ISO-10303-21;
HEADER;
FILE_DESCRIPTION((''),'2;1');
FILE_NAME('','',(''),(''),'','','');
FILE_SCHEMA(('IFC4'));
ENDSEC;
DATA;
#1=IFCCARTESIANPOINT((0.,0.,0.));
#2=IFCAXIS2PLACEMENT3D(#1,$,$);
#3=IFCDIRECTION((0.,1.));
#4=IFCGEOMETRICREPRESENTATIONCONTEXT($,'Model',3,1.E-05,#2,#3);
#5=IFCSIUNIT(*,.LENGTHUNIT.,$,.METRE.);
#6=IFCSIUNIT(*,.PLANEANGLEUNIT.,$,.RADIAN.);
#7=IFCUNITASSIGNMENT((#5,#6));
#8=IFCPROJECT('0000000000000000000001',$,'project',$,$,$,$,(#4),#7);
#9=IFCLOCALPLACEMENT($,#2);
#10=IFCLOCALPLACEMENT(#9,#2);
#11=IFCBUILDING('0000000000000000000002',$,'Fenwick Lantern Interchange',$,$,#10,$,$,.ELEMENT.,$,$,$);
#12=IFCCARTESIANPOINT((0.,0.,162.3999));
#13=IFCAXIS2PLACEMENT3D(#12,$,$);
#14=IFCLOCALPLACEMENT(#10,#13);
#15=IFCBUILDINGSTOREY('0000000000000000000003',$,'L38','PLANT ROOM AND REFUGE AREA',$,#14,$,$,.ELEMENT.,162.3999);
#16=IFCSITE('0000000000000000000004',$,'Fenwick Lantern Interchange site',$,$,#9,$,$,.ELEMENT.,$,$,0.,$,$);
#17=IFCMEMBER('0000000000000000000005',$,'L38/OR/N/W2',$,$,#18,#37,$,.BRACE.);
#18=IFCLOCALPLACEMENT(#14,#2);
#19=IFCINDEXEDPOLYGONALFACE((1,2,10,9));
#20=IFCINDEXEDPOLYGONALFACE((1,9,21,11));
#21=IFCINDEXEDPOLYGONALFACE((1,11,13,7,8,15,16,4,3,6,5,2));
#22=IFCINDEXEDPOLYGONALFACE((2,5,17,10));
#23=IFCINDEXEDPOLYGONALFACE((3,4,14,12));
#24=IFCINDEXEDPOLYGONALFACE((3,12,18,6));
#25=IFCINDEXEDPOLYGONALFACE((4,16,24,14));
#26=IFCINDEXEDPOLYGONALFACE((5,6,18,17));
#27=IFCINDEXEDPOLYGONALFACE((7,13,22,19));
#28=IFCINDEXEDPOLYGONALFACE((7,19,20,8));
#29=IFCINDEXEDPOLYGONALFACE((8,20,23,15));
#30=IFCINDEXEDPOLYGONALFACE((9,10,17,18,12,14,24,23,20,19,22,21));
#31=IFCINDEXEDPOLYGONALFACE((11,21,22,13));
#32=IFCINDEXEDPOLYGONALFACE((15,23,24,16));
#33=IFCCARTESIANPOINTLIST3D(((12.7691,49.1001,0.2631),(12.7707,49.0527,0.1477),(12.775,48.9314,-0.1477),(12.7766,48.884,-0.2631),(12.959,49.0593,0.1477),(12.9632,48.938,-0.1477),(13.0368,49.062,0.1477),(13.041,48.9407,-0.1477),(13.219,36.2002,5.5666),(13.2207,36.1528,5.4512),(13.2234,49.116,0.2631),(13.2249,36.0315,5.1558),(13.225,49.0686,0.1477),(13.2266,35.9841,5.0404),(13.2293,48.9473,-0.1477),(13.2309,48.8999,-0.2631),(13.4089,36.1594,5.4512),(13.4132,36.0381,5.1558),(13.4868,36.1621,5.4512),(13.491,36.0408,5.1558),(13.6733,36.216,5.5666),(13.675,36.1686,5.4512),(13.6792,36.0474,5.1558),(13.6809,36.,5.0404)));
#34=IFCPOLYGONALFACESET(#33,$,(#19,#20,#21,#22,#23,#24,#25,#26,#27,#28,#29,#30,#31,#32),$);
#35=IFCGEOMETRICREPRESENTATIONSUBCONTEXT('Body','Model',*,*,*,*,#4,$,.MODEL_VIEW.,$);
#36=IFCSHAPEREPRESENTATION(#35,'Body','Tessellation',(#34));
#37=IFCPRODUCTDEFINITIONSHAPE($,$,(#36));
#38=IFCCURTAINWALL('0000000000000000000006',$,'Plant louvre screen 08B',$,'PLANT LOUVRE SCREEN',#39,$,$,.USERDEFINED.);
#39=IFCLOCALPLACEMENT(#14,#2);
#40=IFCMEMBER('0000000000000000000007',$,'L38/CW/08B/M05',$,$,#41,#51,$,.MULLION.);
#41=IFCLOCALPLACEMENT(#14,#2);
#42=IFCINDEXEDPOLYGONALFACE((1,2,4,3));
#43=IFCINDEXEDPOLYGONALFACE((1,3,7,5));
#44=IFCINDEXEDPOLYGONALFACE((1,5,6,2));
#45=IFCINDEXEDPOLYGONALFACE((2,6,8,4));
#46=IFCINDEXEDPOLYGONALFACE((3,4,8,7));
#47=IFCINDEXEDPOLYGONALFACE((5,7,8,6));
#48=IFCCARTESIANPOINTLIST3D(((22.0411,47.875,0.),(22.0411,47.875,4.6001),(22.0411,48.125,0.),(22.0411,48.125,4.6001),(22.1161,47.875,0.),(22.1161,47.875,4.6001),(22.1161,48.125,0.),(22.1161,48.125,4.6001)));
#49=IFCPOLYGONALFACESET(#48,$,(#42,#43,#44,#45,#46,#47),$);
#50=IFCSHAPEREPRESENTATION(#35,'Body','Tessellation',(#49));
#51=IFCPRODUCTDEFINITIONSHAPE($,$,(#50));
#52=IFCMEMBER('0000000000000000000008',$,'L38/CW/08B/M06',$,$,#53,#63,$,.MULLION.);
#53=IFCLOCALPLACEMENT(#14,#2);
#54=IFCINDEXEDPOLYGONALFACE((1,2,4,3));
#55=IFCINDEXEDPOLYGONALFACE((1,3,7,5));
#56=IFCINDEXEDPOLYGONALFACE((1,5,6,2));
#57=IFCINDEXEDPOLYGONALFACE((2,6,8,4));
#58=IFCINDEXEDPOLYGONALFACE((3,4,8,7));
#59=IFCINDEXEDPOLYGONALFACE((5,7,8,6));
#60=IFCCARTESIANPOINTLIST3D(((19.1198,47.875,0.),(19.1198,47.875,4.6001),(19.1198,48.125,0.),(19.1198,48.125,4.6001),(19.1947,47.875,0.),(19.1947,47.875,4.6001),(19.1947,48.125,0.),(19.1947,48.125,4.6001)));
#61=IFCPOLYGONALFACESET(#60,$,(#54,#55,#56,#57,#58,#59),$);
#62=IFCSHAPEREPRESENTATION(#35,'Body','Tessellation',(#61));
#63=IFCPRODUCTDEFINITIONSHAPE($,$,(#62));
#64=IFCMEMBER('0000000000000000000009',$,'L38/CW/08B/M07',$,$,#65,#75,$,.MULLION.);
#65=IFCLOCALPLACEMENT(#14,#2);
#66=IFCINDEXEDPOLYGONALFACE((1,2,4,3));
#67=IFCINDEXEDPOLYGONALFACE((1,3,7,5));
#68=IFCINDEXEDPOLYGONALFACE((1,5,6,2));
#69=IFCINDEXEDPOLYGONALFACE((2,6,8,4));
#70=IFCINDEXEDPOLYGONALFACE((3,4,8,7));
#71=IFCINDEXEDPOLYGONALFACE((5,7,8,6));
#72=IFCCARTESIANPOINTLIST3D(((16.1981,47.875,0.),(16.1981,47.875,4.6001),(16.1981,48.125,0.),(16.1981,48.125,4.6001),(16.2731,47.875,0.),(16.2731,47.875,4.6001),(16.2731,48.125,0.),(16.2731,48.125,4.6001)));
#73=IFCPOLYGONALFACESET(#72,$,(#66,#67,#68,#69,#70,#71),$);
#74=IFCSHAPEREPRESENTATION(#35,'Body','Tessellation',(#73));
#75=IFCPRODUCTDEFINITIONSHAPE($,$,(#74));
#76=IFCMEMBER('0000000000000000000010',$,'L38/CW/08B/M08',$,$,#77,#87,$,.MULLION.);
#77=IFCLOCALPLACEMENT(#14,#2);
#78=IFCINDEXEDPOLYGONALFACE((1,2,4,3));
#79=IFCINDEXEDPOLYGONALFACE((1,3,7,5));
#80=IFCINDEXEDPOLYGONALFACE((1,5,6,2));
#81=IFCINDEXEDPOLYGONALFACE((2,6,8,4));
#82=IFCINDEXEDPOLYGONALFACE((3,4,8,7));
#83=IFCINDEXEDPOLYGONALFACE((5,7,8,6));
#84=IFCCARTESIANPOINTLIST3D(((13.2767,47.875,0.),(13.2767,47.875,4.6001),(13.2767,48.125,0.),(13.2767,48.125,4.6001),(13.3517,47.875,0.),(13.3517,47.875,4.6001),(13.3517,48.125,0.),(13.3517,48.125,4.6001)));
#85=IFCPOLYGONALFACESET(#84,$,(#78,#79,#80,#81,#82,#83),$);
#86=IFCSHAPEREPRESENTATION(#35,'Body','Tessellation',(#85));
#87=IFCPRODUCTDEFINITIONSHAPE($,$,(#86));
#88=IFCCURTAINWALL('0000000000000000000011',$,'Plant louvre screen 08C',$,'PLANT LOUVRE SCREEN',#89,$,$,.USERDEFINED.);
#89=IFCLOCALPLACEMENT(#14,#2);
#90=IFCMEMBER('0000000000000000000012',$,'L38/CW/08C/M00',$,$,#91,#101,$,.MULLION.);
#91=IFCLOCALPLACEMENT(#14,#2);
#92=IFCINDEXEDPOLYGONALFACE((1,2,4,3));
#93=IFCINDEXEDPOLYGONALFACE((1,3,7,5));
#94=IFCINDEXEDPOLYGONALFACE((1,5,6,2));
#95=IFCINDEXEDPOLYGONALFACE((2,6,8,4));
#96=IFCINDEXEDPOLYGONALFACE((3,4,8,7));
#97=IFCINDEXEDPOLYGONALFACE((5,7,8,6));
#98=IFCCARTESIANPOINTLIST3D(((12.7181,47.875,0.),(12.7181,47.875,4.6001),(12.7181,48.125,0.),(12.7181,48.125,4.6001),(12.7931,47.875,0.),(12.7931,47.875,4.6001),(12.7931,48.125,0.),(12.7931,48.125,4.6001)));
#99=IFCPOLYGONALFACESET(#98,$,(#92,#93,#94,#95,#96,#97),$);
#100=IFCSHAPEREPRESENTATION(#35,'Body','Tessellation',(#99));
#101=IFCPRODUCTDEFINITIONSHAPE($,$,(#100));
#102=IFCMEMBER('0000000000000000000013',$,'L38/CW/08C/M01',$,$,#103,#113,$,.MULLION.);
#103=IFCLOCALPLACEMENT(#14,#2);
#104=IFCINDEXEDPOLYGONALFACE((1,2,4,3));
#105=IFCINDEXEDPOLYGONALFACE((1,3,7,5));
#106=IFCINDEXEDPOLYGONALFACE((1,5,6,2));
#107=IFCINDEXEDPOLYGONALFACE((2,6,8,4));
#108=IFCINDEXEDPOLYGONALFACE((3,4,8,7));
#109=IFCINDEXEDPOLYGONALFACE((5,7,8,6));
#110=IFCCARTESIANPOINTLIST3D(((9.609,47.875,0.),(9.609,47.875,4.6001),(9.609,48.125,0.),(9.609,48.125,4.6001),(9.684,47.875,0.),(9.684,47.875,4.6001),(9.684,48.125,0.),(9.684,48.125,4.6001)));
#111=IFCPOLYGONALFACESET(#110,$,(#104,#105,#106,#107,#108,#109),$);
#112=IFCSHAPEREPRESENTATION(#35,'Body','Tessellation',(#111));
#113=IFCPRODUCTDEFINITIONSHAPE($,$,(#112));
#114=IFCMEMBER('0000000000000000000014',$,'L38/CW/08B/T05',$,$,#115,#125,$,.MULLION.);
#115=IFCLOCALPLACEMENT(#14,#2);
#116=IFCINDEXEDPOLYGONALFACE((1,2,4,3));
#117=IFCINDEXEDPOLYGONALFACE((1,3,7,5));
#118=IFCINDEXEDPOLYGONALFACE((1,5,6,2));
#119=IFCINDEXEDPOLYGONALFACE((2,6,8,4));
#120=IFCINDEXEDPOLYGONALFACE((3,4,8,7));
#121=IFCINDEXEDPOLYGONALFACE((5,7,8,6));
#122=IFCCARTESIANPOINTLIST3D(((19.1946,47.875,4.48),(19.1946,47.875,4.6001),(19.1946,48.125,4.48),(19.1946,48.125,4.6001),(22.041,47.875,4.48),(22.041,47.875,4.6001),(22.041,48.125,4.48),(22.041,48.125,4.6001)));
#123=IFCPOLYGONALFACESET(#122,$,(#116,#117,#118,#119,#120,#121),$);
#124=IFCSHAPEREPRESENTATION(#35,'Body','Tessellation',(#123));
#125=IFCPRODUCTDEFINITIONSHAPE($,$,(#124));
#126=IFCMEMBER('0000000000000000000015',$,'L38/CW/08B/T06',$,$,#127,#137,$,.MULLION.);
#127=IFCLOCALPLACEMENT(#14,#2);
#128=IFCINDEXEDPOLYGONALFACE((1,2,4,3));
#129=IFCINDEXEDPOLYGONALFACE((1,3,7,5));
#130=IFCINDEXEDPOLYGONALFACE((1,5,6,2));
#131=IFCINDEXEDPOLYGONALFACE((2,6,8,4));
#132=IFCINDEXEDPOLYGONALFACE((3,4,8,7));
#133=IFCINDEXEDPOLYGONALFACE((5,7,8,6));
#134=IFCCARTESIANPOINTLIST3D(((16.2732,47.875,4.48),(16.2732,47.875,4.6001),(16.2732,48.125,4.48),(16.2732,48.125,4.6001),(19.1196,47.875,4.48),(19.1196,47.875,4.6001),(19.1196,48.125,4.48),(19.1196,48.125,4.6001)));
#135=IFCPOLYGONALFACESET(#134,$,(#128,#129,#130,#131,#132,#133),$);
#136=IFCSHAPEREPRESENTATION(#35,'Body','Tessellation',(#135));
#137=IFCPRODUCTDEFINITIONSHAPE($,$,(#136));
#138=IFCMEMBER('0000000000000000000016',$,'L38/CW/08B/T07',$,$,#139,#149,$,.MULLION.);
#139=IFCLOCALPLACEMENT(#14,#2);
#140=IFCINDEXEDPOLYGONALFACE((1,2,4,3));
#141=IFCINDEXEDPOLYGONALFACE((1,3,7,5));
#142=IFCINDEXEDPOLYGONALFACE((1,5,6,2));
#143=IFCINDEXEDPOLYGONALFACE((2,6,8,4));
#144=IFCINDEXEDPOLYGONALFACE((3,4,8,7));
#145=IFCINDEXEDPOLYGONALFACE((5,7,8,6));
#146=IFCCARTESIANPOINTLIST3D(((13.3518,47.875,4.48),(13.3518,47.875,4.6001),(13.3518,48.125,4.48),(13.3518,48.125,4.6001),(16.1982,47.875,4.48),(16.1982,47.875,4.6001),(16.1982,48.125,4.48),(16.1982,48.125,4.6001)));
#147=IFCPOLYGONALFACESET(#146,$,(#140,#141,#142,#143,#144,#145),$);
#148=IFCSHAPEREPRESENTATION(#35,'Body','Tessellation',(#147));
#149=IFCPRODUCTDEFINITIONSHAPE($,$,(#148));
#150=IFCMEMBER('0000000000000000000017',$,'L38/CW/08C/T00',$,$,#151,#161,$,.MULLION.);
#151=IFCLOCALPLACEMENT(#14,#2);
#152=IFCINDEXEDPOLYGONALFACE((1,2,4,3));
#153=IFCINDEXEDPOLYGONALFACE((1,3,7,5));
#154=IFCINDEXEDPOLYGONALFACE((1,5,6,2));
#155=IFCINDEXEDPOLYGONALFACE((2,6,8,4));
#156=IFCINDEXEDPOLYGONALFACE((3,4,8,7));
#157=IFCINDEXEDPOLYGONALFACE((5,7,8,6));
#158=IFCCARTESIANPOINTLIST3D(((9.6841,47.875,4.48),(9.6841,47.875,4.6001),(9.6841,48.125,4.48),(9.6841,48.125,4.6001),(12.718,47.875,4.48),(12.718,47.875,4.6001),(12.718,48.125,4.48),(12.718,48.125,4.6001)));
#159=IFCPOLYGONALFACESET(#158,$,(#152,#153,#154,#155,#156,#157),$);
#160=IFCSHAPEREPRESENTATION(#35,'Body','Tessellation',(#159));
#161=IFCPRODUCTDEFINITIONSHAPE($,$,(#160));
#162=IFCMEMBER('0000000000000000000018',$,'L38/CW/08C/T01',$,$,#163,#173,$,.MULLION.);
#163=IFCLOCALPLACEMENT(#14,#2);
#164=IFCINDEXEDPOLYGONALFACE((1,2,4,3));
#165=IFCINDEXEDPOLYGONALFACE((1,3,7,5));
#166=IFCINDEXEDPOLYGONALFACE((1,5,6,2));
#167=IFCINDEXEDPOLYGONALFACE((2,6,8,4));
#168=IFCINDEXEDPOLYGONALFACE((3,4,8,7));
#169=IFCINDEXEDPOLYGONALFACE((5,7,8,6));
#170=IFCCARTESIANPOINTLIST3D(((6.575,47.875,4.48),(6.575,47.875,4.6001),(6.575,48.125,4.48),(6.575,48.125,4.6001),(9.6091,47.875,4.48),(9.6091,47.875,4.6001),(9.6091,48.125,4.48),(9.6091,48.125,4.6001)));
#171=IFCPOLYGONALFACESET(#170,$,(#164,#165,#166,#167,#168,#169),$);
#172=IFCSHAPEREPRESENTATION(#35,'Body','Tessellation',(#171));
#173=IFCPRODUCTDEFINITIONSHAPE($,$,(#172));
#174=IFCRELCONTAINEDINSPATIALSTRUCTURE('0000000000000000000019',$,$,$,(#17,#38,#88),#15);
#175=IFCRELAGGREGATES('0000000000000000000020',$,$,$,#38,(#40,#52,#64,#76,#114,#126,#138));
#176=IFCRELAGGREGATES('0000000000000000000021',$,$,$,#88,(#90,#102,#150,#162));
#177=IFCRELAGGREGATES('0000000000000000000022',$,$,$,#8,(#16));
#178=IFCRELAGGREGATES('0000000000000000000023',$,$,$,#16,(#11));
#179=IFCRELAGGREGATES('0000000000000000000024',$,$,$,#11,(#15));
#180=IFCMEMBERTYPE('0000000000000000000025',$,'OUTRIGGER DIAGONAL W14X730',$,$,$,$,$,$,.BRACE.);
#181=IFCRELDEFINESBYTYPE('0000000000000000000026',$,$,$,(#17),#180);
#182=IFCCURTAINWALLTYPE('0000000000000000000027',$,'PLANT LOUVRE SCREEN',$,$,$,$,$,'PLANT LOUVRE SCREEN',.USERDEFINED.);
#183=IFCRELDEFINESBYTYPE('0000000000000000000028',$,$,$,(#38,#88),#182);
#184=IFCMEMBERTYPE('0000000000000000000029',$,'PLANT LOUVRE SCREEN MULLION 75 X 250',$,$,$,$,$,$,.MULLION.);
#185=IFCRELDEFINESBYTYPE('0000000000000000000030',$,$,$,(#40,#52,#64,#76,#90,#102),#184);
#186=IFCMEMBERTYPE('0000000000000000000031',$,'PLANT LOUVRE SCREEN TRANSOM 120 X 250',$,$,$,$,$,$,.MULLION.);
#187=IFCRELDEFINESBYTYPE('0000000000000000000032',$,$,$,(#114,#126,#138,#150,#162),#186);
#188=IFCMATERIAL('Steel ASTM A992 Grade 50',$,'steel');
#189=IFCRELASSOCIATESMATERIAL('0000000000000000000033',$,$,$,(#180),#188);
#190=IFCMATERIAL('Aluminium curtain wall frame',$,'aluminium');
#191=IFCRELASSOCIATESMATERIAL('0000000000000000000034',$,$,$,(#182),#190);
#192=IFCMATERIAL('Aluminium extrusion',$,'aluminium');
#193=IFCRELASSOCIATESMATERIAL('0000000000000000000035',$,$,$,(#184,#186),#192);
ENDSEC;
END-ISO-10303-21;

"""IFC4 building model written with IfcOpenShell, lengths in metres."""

from ifc_helpers import new_model, si_unit, direction, frame, origin, origin_2d, place, context, subcontext, project, spatial, rectangle, i_section, extrude, material, material_profile, profile_set, type_object, element, aggregate, save


model = new_model("IFC4")

# Units and contexts
model_context = context("Model", 3, precision=1e-05, world=origin(), true_north=direction((0.0, 1.0)))
body_context = subcontext(model_context, "Body", "Model", "MODEL_VIEW")
ifc_project = project(units=[si_unit("LENGTHUNIT", "METRE"), si_unit("PLANEANGLEUNIT", "RADIAN")], contexts=[model_context])

# Site, building, storey
site_placement = place(None, origin())
site = spatial("IfcSite", under=ifc_project, at=site_placement, Name="Fenwick Lantern Interchange site", CompositionType="ELEMENT", RefElevation=0.0)
building_placement = place(site_placement, origin())
building = spatial("IfcBuilding", under=site, at=building_placement, Name="Fenwick Lantern Interchange", CompositionType="ELEMENT")
storey_placement = place(building_placement, frame((0.0, 0.0, 162.3999)))
storey = spatial("IfcBuildingStorey", under=building, at=storey_placement, Name="L38", Description="PLANT ROOM AND REFUGE AREA", CompositionType="ELEMENT", Elevation=162.3999)

# Shared definitions
ifc_material_1 = material(Name="Steel ASTM A992 Grade 50", Category="steel")

# Member
ifc_material_profile_1 = material_profile(ifc_material_1, i_section(OverallWidth=0.4546, OverallDepth=0.5688, WebThickness=0.0779, FlangeThickness=0.1248, at=origin_2d()), Name="W14X730")
ifc_profile_set_1 = profile_set([ifc_material_profile_1], Name="Steel ASTM A992 Grade 50")
member_type_1 = type_object("IfcMemberType", Name="OUTRIGGER DIAGONAL W14X730", PredefinedType="BRACE", material=ifc_profile_set_1)
member_1_placement = place(storey_placement, frame((13.0, 49.0, 0.0), z_axis=(0.032243, -0.924406, 0.380046), x_axis=(0.999392, 0.034859, 0.0)))
element("IfcMember", 1, at=member_1_placement, inside=storey, type_object=member_type_1, Name="L38/OR/N/W2", PredefinedType="BRACE", context=body_context, shape_type="SweptSolid", body=[
    extrude(i_section(OverallWidth=0.4546, OverallDepth=0.5688, WebThickness=0.0779, FlangeThickness=0.1248, at=origin_2d()), origin(), (0.0, 0.0, 1.0), 13.9548),
])

# Curtain walls, members
ifc_material_2 = material(Name="Aluminium curtain wall frame", Category="aluminium")
curtain_wall_type = type_object("IfcCurtainWallType", Name="PLANT LOUVRE SCREEN", ElementType="PLANT LOUVRE SCREEN", PredefinedType="USERDEFINED", material=ifc_material_2)
curtain_wall_1_placement = place(storey_placement, origin())
curtain_wall_1 = element("IfcCurtainWall", 2, at=curtain_wall_1_placement, inside=storey, type_object=curtain_wall_type, Name="Plant louvre screen 08B", ObjectType="PLANT LOUVRE SCREEN", PredefinedType="USERDEFINED")
ifc_material_3 = material(Name="Aluminium extrusion", Category="aluminium")
ifc_material_profile_2 = material_profile(ifc_material_3, rectangle(XDim=0.25, YDim=0.075, at=origin_2d()), Name="PLANT LOUVRE SCREEN MULLION 75 X 250")
ifc_profile_set_2 = profile_set([ifc_material_profile_2], Name="Aluminium extrusion")
member_type_2 = type_object("IfcMemberType", Name="PLANT LOUVRE SCREEN MULLION 75 X 250", PredefinedType="MULLION", material=ifc_profile_set_2)
member_2_placement = place(storey_placement, frame((22.0786, 48.0, 0.0), z_axis=(0.0, 0.0, 1.0), x_axis=(0.0, -1.0, 0.0)))
member_2 = element("IfcMember", 3, at=member_2_placement, type_object=member_type_2, Name="L38/CW/08B/M05", PredefinedType="MULLION", context=body_context, shape_type="SweptSolid", body=[
    extrude(rectangle(XDim=0.25, YDim=0.075, at=origin_2d()), origin(), (0.0, 0.0, 1.0), 4.6001),
])
member_3_placement = place(storey_placement, frame((19.1572, 48.0, 0.0), z_axis=(0.0, 0.0, 1.0), x_axis=(0.0, -1.0, 0.0)))
member_3 = element("IfcMember", 4, at=member_3_placement, type_object=member_type_2, Name="L38/CW/08B/M06", PredefinedType="MULLION", context=body_context, shape_type="SweptSolid", body=[
    extrude(rectangle(XDim=0.25, YDim=0.075, at=origin_2d()), origin(), (0.0, 0.0, 1.0), 4.6001),
])
member_4_placement = place(storey_placement, frame((16.2356, 48.0, 0.0), z_axis=(0.0, 0.0, 1.0), x_axis=(0.0, -1.0, 0.0)))
member_4 = element("IfcMember", 5, at=member_4_placement, type_object=member_type_2, Name="L38/CW/08B/M07", PredefinedType="MULLION", context=body_context, shape_type="SweptSolid", body=[
    extrude(rectangle(XDim=0.25, YDim=0.075, at=origin_2d()), origin(), (0.0, 0.0, 1.0), 4.6001),
])
member_5_placement = place(storey_placement, frame((13.3142, 48.0, 0.0), z_axis=(0.0, 0.0, 1.0), x_axis=(0.0, -1.0, 0.0)))
member_5 = element("IfcMember", 6, at=member_5_placement, type_object=member_type_2, Name="L38/CW/08B/M08", PredefinedType="MULLION", context=body_context, shape_type="SweptSolid", body=[
    extrude(rectangle(XDim=0.25, YDim=0.075, at=origin_2d()), origin(), (0.0, 0.0, 1.0), 4.6001),
])
curtain_wall_2_placement = place(storey_placement, origin())
curtain_wall_2 = element("IfcCurtainWall", 7, at=curtain_wall_2_placement, inside=storey, type_object=curtain_wall_type, Name="Plant louvre screen 08C", ObjectType="PLANT LOUVRE SCREEN", PredefinedType="USERDEFINED")
member_6_placement = place(storey_placement, frame((12.7556, 48.0, 0.0), z_axis=(0.0, 0.0, 1.0), x_axis=(0.0, -1.0, 0.0)))
member_6 = element("IfcMember", 8, at=member_6_placement, type_object=member_type_2, Name="L38/CW/08C/M00", PredefinedType="MULLION", context=body_context, shape_type="SweptSolid", body=[
    extrude(rectangle(XDim=0.25, YDim=0.075, at=origin_2d()), origin(), (0.0, 0.0, 1.0), 4.6001),
])
member_7_placement = place(storey_placement, frame((9.6465, 48.0, 0.0), z_axis=(0.0, 0.0, 1.0), x_axis=(0.0, -1.0, 0.0)))
member_7 = element("IfcMember", 9, at=member_7_placement, type_object=member_type_2, Name="L38/CW/08C/M01", PredefinedType="MULLION", context=body_context, shape_type="SweptSolid", body=[
    extrude(rectangle(XDim=0.25, YDim=0.075, at=origin_2d()), origin(), (0.0, 0.0, 1.0), 4.6001),
])

# Members
ifc_material_profile_3 = material_profile(ifc_material_3, rectangle(XDim=0.25, YDim=0.1201, at=origin_2d()), Name="PLANT LOUVRE SCREEN TRANSOM 120 X 250")
ifc_profile_set_3 = profile_set([ifc_material_profile_3], Name="Aluminium extrusion")
member_type_3 = type_object("IfcMemberType", Name="PLANT LOUVRE SCREEN TRANSOM 120 X 250", PredefinedType="MULLION", material=ifc_profile_set_3)
member_8_placement = place(storey_placement, frame((22.041, 48.0, 4.54), z_axis=(-1.0, 0.0, 0.0), x_axis=(0.0, -1.0, 0.0)))
member_8 = element("IfcMember", 10, at=member_8_placement, type_object=member_type_3, Name="L38/CW/08B/T05", PredefinedType="MULLION", context=body_context, shape_type="SweptSolid", body=[
    extrude(rectangle(XDim=0.25, YDim=0.1201, at=origin_2d()), origin(), (0.0, 0.0, 1.0), 2.8464),
])
member_9_placement = place(storey_placement, frame((19.1196, 48.0, 4.54), z_axis=(-1.0, 0.0, 0.0), x_axis=(0.0, -1.0, 0.0)))
member_9 = element("IfcMember", 11, at=member_9_placement, type_object=member_type_3, Name="L38/CW/08B/T06", PredefinedType="MULLION", context=body_context, shape_type="SweptSolid", body=[
    extrude(rectangle(XDim=0.25, YDim=0.1201, at=origin_2d()), origin(), (0.0, 0.0, 1.0), 2.8464),
])
member_10_placement = place(storey_placement, frame((16.1982, 48.0, 4.54), z_axis=(-1.0, 0.0, 0.0), x_axis=(0.0, -1.0, 0.0)))
member_10 = element("IfcMember", 12, at=member_10_placement, type_object=member_type_3, Name="L38/CW/08B/T07", PredefinedType="MULLION", context=body_context, shape_type="SweptSolid", body=[
    extrude(rectangle(XDim=0.25, YDim=0.1201, at=origin_2d()), origin(), (0.0, 0.0, 1.0), 2.8464),
])
member_11_placement = place(storey_placement, frame((12.718, 48.0, 4.54), z_axis=(-1.0, 0.0, 0.0), x_axis=(0.0, -1.0, 0.0)))
member_11 = element("IfcMember", 13, at=member_11_placement, type_object=member_type_3, Name="L38/CW/08C/T00", PredefinedType="MULLION", context=body_context, shape_type="SweptSolid", body=[
    extrude(rectangle(XDim=0.25, YDim=0.1201, at=origin_2d()), origin(), (0.0, 0.0, 1.0), 3.0339),
])
member_12_placement = place(storey_placement, frame((9.6091, 48.0, 4.54), z_axis=(-1.0, 0.0, 0.0), x_axis=(0.0, -1.0, 0.0)))
member_12 = element("IfcMember", 14, at=member_12_placement, type_object=member_type_3, Name="L38/CW/08C/T01", PredefinedType="MULLION", context=body_context, shape_type="SweptSolid", body=[
    extrude(rectangle(XDim=0.25, YDim=0.1201, at=origin_2d()), origin(), (0.0, 0.0, 1.0), 3.0342),
])

aggregate(curtain_wall_1, [member_2, member_3, member_4, member_5, member_8, member_9, member_10])
aggregate(curtain_wall_2, [member_6, member_7, member_11, member_12])

save(model, "model.ifc")
